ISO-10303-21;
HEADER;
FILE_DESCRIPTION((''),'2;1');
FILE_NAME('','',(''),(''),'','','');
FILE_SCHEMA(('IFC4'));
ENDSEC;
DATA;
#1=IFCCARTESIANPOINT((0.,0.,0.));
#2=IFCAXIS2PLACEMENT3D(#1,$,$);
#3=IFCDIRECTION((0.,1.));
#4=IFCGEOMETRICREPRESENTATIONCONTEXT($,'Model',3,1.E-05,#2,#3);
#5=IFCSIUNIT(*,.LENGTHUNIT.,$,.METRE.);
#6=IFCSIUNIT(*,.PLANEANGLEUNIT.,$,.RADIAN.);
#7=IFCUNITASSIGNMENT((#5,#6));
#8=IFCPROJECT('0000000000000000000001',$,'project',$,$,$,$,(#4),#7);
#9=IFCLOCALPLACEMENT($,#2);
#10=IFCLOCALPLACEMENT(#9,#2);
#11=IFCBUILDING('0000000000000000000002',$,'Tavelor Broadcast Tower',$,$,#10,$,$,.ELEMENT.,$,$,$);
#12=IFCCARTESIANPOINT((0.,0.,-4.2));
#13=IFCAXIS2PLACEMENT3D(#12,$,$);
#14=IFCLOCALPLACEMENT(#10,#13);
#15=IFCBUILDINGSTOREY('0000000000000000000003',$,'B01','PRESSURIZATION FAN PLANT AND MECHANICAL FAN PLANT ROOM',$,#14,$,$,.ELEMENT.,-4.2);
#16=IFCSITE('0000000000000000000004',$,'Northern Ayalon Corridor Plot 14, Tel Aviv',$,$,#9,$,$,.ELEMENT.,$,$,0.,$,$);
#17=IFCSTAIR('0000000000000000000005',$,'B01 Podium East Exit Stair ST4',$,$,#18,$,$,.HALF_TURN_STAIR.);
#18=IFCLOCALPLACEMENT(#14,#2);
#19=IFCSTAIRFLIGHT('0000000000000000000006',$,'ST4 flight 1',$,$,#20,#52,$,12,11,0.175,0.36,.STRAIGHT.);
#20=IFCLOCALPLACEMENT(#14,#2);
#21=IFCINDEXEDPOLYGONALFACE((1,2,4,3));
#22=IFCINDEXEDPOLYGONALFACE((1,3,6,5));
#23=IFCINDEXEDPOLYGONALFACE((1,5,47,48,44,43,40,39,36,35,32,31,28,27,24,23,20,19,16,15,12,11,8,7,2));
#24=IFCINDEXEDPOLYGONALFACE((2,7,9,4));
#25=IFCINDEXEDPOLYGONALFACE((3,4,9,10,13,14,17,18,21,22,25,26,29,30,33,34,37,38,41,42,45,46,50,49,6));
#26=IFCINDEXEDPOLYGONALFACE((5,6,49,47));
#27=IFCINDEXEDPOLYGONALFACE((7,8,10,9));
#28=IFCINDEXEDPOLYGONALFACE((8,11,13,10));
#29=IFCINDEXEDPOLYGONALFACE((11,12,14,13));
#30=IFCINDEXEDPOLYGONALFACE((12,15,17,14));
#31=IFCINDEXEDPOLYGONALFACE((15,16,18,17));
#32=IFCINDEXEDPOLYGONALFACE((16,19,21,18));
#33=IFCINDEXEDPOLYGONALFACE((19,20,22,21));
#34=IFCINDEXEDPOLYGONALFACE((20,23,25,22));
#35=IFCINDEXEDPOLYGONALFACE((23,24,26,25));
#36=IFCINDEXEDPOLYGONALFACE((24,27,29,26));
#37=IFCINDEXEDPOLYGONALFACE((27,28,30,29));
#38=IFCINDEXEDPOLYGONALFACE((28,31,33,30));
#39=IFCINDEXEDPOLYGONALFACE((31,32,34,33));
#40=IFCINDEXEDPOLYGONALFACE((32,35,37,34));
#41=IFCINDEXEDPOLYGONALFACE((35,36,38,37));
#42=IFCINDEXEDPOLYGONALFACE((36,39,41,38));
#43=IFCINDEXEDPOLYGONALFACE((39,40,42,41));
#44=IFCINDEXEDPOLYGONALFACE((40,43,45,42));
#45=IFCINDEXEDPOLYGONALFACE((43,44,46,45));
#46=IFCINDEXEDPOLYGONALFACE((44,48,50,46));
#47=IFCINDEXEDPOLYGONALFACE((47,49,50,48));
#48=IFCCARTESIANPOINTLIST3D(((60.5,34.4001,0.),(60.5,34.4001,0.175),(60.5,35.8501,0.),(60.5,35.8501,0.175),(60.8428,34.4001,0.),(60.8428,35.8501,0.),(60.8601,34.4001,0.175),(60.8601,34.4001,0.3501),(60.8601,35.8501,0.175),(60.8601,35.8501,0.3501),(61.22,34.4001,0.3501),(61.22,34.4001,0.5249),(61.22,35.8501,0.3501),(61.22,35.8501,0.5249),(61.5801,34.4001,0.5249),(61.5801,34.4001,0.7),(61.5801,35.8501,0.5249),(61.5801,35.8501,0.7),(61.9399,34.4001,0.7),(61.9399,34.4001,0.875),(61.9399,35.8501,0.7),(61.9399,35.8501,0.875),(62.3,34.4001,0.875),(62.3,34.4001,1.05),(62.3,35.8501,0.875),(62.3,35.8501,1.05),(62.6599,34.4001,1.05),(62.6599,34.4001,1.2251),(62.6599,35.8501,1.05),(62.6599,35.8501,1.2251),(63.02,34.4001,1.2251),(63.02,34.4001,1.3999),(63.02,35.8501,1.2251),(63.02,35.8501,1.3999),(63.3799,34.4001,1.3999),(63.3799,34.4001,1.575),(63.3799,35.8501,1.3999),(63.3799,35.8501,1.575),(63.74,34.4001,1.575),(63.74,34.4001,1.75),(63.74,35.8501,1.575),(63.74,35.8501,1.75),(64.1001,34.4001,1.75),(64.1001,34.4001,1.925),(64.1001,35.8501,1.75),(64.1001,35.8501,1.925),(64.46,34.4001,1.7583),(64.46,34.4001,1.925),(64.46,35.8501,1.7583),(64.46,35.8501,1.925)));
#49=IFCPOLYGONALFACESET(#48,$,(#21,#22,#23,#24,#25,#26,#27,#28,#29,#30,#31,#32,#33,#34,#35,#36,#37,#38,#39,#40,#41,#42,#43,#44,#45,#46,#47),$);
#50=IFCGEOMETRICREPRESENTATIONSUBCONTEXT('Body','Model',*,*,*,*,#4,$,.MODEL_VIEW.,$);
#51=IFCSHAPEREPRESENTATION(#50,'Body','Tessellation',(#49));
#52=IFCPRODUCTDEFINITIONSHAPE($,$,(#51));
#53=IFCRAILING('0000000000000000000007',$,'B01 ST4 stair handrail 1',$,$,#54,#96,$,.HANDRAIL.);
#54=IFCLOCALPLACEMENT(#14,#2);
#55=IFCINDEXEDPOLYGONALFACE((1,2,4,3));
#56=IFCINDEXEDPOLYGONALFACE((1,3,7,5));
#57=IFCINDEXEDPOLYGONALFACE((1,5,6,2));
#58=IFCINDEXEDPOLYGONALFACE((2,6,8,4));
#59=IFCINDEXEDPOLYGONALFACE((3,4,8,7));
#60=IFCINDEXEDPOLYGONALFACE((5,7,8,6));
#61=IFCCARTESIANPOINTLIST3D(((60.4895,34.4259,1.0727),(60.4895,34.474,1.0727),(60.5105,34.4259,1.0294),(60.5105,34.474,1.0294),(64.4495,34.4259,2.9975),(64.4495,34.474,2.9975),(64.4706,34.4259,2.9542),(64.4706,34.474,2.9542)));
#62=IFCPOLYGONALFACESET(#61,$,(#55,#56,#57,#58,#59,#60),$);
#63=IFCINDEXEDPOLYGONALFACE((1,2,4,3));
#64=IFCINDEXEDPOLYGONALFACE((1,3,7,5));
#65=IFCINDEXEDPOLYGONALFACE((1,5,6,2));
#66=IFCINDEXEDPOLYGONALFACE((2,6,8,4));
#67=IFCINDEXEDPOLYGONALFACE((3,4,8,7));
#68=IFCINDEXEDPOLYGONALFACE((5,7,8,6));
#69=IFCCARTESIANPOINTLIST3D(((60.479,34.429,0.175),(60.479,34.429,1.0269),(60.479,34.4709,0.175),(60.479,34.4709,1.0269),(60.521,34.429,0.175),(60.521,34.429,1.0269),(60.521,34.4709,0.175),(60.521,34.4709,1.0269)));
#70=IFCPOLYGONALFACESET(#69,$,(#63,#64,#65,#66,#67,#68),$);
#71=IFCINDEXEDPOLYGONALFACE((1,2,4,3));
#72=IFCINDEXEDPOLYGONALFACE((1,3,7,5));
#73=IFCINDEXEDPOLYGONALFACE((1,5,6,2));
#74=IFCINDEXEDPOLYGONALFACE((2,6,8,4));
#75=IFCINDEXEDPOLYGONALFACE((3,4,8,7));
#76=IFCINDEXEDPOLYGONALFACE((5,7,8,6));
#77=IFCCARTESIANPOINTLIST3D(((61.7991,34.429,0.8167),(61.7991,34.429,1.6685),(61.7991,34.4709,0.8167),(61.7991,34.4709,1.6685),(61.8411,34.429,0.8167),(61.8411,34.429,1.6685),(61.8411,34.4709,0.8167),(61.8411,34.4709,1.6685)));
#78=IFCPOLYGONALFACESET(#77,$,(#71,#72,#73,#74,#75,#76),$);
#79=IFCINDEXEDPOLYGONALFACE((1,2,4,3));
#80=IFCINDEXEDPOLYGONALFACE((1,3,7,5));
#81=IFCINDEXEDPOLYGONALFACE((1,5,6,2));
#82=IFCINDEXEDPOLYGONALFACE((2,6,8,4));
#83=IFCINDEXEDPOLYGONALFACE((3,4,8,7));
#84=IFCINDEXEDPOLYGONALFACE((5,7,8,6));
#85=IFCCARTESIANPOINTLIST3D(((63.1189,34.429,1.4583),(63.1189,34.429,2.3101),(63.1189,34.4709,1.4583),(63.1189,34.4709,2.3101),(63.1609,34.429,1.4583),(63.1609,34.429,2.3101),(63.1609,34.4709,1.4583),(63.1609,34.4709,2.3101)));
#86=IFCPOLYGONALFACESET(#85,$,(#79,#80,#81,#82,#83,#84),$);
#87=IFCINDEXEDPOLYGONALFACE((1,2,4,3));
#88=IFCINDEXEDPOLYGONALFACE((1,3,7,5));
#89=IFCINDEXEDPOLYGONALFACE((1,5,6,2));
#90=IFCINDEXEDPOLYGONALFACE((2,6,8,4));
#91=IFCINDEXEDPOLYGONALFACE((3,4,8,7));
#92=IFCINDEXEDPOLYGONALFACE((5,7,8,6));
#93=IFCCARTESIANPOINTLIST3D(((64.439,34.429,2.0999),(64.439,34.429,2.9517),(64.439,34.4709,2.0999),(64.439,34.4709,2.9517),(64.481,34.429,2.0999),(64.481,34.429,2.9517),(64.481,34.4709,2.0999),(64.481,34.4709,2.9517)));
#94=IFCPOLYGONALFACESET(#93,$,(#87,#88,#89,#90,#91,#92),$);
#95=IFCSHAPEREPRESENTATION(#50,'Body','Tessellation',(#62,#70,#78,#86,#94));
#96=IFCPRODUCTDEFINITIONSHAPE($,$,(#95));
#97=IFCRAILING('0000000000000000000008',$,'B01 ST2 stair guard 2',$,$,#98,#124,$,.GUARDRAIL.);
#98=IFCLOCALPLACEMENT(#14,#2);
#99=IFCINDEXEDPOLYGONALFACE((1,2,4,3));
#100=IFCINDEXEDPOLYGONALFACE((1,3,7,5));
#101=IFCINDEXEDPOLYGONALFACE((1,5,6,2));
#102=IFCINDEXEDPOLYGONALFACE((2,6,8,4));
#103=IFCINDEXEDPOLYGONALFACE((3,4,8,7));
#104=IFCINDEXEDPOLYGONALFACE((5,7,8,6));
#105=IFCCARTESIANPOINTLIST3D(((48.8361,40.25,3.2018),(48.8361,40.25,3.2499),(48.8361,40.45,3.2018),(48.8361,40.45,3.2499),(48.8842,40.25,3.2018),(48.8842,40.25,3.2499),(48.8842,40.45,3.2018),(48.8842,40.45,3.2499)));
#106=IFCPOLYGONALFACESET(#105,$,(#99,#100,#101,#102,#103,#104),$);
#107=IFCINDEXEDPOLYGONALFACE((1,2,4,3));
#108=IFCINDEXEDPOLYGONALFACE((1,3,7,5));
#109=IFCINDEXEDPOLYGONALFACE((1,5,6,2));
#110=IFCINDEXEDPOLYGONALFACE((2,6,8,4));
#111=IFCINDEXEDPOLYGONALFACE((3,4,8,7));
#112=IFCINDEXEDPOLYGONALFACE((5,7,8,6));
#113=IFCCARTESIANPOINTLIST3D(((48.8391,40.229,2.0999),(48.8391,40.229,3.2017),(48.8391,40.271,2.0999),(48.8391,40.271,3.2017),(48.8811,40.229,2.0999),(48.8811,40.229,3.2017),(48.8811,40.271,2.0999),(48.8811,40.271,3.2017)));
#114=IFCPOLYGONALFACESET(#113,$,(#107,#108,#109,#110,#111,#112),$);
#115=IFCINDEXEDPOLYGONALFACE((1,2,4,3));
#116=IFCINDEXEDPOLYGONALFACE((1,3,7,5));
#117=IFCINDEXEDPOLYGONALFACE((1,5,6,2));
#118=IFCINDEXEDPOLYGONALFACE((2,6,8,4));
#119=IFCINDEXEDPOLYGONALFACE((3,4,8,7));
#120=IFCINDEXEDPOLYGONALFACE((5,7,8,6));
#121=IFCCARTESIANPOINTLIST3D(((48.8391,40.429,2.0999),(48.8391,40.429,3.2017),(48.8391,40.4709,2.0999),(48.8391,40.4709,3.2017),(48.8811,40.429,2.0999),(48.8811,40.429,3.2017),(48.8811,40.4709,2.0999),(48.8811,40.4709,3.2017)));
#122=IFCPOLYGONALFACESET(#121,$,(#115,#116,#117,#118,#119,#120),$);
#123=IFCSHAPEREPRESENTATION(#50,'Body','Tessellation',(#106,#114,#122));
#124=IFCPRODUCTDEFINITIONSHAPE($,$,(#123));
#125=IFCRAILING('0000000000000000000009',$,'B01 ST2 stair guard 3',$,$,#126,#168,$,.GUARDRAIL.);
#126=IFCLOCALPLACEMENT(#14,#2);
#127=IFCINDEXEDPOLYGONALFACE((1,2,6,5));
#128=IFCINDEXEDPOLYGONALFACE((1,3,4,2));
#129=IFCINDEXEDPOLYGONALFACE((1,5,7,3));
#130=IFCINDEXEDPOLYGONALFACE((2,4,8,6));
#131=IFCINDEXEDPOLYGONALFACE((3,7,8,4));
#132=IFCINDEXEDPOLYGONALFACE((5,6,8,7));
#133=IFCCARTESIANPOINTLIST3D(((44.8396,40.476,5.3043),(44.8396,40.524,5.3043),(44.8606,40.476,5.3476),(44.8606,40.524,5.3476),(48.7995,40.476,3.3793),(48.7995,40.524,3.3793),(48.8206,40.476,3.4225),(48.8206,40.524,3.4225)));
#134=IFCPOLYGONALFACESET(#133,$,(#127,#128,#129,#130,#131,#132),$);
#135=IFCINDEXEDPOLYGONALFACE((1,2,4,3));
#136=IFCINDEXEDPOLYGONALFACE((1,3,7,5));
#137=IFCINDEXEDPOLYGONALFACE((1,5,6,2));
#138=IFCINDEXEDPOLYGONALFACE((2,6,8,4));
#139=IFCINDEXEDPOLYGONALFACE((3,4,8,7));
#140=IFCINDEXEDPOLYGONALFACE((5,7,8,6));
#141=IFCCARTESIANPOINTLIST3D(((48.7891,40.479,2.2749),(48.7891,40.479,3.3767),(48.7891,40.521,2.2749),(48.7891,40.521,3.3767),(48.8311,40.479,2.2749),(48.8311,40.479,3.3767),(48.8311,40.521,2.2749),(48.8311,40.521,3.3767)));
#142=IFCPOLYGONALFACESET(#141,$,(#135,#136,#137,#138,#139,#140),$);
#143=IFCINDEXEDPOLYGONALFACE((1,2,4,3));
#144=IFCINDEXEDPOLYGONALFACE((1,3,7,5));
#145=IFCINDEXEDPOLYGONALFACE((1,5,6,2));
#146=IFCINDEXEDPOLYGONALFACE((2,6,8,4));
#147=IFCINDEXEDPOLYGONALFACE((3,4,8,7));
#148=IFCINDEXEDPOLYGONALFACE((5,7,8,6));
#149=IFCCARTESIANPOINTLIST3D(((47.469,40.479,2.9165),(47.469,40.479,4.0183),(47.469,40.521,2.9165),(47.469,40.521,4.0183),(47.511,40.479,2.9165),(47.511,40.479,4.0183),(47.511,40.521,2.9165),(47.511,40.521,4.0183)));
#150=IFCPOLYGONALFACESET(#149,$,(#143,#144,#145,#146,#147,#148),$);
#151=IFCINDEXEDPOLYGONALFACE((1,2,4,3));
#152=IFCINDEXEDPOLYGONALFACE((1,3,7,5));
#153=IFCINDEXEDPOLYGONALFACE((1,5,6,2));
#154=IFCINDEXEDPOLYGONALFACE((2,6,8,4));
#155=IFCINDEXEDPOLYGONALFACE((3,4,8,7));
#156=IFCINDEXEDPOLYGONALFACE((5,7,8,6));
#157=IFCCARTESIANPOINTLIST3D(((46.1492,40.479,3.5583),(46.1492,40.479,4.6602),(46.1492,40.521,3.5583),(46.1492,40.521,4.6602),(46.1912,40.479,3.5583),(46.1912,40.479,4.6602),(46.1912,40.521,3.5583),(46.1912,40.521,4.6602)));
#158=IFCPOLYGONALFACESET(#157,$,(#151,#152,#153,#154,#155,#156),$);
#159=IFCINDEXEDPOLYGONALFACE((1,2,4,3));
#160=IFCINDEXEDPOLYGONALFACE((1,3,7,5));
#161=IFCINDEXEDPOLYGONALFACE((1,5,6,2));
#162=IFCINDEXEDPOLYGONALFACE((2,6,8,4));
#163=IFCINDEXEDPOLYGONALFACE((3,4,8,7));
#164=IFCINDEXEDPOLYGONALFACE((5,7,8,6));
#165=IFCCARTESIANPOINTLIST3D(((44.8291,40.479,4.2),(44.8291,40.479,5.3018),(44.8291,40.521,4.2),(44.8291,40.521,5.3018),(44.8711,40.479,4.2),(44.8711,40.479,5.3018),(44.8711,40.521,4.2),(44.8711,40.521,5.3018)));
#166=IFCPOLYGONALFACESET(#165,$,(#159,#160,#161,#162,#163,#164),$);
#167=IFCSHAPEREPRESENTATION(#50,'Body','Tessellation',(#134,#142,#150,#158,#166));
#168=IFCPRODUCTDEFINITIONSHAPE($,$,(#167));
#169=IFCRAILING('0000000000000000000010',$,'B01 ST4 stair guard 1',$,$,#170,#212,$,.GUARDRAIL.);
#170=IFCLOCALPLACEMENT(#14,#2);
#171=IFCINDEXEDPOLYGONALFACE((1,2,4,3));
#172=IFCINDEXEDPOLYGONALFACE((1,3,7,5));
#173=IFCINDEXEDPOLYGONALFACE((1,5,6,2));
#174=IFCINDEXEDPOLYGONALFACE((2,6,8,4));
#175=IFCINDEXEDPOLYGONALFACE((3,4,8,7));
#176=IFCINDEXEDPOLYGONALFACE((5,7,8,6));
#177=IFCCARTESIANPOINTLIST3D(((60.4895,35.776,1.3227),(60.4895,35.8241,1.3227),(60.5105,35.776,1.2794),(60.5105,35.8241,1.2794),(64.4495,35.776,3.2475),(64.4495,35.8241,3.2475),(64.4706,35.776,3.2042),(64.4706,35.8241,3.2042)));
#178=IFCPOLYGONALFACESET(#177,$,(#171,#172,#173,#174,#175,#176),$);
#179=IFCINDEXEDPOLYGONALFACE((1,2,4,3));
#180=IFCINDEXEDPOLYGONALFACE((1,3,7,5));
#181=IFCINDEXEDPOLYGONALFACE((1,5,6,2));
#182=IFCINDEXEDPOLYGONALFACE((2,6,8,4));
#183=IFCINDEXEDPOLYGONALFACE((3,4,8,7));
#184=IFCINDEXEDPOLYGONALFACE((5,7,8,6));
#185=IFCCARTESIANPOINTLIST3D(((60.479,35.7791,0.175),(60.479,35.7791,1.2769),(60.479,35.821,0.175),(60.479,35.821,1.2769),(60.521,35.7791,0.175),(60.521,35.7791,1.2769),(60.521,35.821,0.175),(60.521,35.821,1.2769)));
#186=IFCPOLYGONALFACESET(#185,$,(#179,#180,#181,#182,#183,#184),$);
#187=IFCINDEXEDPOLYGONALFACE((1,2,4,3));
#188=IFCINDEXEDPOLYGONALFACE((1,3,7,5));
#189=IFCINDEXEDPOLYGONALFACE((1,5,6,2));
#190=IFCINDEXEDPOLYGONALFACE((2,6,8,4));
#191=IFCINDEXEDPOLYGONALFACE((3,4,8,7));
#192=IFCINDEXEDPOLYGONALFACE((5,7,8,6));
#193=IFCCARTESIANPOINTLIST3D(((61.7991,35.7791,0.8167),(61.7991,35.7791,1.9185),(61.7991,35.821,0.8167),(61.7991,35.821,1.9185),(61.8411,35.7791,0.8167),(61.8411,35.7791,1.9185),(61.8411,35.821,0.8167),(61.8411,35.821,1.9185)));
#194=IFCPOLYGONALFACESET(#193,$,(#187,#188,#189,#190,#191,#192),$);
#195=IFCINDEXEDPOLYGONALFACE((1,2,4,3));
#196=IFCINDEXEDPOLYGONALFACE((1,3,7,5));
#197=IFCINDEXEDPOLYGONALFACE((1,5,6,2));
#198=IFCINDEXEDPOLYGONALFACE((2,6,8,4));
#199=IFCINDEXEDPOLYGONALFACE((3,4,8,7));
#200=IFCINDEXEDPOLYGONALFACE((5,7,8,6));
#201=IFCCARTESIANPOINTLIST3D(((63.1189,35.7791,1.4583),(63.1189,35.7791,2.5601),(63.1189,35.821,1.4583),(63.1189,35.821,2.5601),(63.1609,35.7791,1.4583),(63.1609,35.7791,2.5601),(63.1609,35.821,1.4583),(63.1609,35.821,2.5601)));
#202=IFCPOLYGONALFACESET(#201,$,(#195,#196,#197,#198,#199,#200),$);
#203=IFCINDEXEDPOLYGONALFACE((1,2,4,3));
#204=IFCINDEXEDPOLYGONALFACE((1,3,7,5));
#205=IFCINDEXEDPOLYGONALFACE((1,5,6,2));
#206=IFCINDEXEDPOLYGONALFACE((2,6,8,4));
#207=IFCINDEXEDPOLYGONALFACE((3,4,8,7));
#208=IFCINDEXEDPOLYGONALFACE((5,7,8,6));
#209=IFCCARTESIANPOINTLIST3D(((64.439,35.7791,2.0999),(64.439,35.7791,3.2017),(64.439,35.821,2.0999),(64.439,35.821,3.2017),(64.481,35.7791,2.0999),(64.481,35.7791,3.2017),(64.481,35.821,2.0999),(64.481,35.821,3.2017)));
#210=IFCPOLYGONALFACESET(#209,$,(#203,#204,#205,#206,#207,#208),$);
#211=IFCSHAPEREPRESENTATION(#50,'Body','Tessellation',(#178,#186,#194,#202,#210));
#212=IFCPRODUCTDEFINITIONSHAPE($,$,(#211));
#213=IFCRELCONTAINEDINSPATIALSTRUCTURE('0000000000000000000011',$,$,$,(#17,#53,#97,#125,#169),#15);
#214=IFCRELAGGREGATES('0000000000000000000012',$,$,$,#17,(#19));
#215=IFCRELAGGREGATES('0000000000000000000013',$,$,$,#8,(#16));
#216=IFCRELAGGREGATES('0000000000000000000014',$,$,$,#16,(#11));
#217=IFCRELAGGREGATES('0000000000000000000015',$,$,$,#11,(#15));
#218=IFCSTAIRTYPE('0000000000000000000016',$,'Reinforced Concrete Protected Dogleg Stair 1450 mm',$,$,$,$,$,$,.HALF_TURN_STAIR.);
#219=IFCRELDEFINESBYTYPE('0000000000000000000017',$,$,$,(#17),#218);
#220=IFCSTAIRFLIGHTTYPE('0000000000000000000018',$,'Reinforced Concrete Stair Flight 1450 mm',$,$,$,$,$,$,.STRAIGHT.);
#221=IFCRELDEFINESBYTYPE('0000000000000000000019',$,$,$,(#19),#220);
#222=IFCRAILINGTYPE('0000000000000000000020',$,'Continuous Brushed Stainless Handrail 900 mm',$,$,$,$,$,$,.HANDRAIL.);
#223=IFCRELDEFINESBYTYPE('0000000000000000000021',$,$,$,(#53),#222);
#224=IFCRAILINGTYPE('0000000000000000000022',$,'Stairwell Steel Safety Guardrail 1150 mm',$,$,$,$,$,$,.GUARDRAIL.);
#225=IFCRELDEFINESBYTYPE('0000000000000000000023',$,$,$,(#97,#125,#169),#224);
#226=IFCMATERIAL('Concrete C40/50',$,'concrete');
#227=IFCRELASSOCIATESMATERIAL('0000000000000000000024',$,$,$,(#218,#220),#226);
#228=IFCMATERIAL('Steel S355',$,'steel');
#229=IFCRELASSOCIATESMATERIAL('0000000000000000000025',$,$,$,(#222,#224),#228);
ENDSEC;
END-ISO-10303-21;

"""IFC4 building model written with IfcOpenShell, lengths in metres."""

from ifc_helpers import new_model, si_unit, direction, frame, origin, origin_2d, place, context, subcontext, project, spatial, polyline, rectangle, outline, extrude, material, type_object, element, aggregate, save


model = new_model("IFC4")

# Units and contexts
model_context = context("Model", 3, precision=1e-05, world=origin(), true_north=direction((0.0, 1.0)))
body_context = subcontext(model_context, "Body", "Model", "MODEL_VIEW")
ifc_project = project(units=[si_unit("LENGTHUNIT", "METRE"), si_unit("PLANEANGLEUNIT", "RADIAN")], contexts=[model_context])

# Site, building, storey
site_placement = place(None, origin())
site = spatial("IfcSite", under=ifc_project, at=site_placement, Name="Northern Ayalon Corridor Plot 14, Tel Aviv", CompositionType="ELEMENT", RefElevation=0.0)
building_placement = place(site_placement, origin())
building = spatial("IfcBuilding", under=site, at=building_placement, Name="Tavelor Broadcast Tower", CompositionType="ELEMENT")
storey_placement = place(building_placement, frame((0.0, 0.0, -4.2)))
storey = spatial("IfcBuildingStorey", under=building, at=storey_placement, Name="B01", Description="PRESSURIZATION FAN PLANT AND MECHANICAL FAN PLANT ROOM", CompositionType="ELEMENT", Elevation=-4.2)

# Shared definitions
ifc_material_1 = material(Name="Concrete C40/50", Category="concrete")
ifc_material_2 = material(Name="Steel S355", Category="steel")

# Stair, stair flight
stair_type = type_object("IfcStairType", Name="Reinforced Concrete Protected Dogleg Stair 1450 mm", PredefinedType="HALF_TURN_STAIR", material=ifc_material_1)
stair_placement = place(storey_placement, origin())
stair = element("IfcStair", 1, at=stair_placement, inside=storey, type_object=stair_type, Name="B01 Podium East Exit Stair ST4", PredefinedType="HALF_TURN_STAIR")
stair_flight_type = type_object("IfcStairFlightType", Name="Reinforced Concrete Stair Flight 1450 mm", PredefinedType="STRAIGHT", material=ifc_material_1)
stair_flight_placement = place(storey_placement, frame((60.5, 35.125, 0.0), z_axis=(0.0, 0.0, 1.0), x_axis=(1.0, 0.0, 0.0)))
stair_flight = element("IfcStairFlight", 2, at=stair_flight_placement, type_object=stair_flight_type, Name="ST4 flight 1", NumberOfRisers=12, NumberOfTreads=11, PredefinedType="STRAIGHT", RiserHeight=0.175, TreadLength=0.36, context=body_context, shape_type="SweptSolid", body=[
    extrude(outline(polyline([(0.0, 0.0), (0.0, 0.175), (0.3601, 0.175), (0.3601, 0.3501), (0.72, 0.3501), (0.72, 0.5249), (1.0801, 0.5249), (1.0801, 0.7), (1.4399, 0.7), (1.4399, 0.875), (1.8, 0.875), (1.8, 1.05), (2.1599, 1.05), (2.1599, 1.2251), (2.52, 1.2251), (2.52, 1.3999), (2.8799, 1.3999), (2.8799, 1.575), (3.24, 1.575), (3.24, 1.75), (3.6001, 1.75), (3.6001, 1.925), (3.96, 1.925), (3.96, 2.1001), (3.96, 1.7583), (0.3428, 0.0), (0.0, 0.0)])), frame((0.0, 0.7251, 0.0), z_axis=(0.0, -1.0, 0.0), x_axis=(1.0, 0.0, 0.0)), (0.0, 0.0, 1.0), 1.45),
])
aggregate(stair, [stair_flight])

# Railings
railing_type_1 = type_object("IfcRailingType", Name="Continuous Brushed Stainless Handrail 900 mm", PredefinedType="HANDRAIL", material=ifc_material_2)
railing_1_placement = place(storey_placement, frame((60.5, 34.45, 0.175)))
element("IfcRailing", 3, at=railing_1_placement, inside=storey, type_object=railing_type_1, Name="B01 ST4 stair handrail 1", PredefinedType="HANDRAIL", context=body_context, shape_type="SweptSolid", body=[
    extrude(rectangle(XDim=0.0481, YDim=0.0481, at=origin_2d()), frame((0.0, 0.0, 0.876), z_axis=(0.899384, 0.0, 0.43716), x_axis=(0.0, 1.0, 0.0)), (0.0, 0.0, 1.0), 4.4031),
    extrude(rectangle(XDim=0.042, YDim=0.042, at=origin_2d()), origin(), (0.0, 0.0, 1.0), 0.8518),
    extrude(rectangle(XDim=0.042, YDim=0.042, at=origin_2d()), frame((1.3201, 0.0, 0.6416)), (0.0, 0.0, 1.0), 0.8518),
    extrude(rectangle(XDim=0.042, YDim=0.042, at=origin_2d()), frame((2.6399, 0.0, 1.2832)), (0.0, 0.0, 1.0), 0.8518),
    extrude(rectangle(XDim=0.042, YDim=0.042, at=origin_2d()), frame((3.96, 0.0, 1.9248)), (0.0, 0.0, 1.0), 0.8518),
])
railing_type_2 = type_object("IfcRailingType", Name="Stairwell Steel Safety Guardrail 1150 mm", PredefinedType="GUARDRAIL", material=ifc_material_2)
railing_2_placement = place(storey_placement, frame((48.8601, 40.25, 2.0999)))
element("IfcRailing", 4, at=railing_2_placement, inside=storey, type_object=railing_type_2, Name="B01 ST2 stair guard 2", PredefinedType="GUARDRAIL", context=body_context, shape_type="SweptSolid", body=[
    extrude(rectangle(XDim=0.0481, YDim=0.0481, at=origin_2d()), frame((0.0, 0.0, 1.126), z_axis=(0.0, 1.0, 0.0), x_axis=(-1.0, 0.0, 0.0)), (0.0, 0.0, 1.0), 0.2),
    extrude(rectangle(XDim=0.042, YDim=0.042, at=origin_2d()), origin(), (0.0, 0.0, 1.0), 1.1018),
    extrude(rectangle(XDim=0.042, YDim=0.042, at=origin_2d()), frame((0.0, 0.2, 0.0)), (0.0, 0.0, 1.0), 1.1018),
])
railing_3_placement = place(storey_placement, frame((48.8101, 40.5, 2.2749)))
element("IfcRailing", 5, at=railing_3_placement, inside=storey, type_object=railing_type_2, Name="B01 ST2 stair guard 3", PredefinedType="GUARDRAIL", context=body_context, shape_type="SweptSolid", body=[
    extrude(rectangle(XDim=0.0481, YDim=0.0481, at=origin_2d()), frame((0.0, 0.0, 1.126), z_axis=(-0.899362, 0.0, 0.437205), x_axis=(0.0, -1.0, 0.0)), (0.0, 0.0, 1.0), 4.4031),
    extrude(rectangle(XDim=0.042, YDim=0.042, at=origin_2d()), origin(), (0.0, 0.0, 1.0), 1.1018),
    extrude(rectangle(XDim=0.042, YDim=0.042, at=origin_2d()), frame((-1.3201, 0.0, 0.6416)), (0.0, 0.0, 1.0), 1.1018),
    extrude(rectangle(XDim=0.042, YDim=0.042, at=origin_2d()), frame((-2.6399, 0.0, 1.2834)), (0.0, 0.0, 1.0), 1.1018),
    extrude(rectangle(XDim=0.042, YDim=0.042, at=origin_2d()), frame((-3.96, 0.0, 1.925)), (0.0, 0.0, 1.0), 1.1018),
])
railing_4_placement = place(storey_placement, frame((60.5, 35.8, 0.175)))
element("IfcRailing", 6, at=railing_4_placement, inside=storey, type_object=railing_type_2, Name="B01 ST4 stair guard 1", PredefinedType="GUARDRAIL", context=body_context, shape_type="SweptSolid", body=[
    extrude(rectangle(XDim=0.0481, YDim=0.0481, at=origin_2d()), frame((0.0, 0.0, 1.126), z_axis=(0.899384, 0.0, 0.43716), x_axis=(0.0, 1.0, 0.0)), (0.0, 0.0, 1.0), 4.4031),
    extrude(rectangle(XDim=0.042, YDim=0.042, at=origin_2d()), origin(), (0.0, 0.0, 1.0), 1.1018),
    extrude(rectangle(XDim=0.042, YDim=0.042, at=origin_2d()), frame((1.3201, 0.0, 0.6416)), (0.0, 0.0, 1.0), 1.1018),
    extrude(rectangle(XDim=0.042, YDim=0.042, at=origin_2d()), frame((2.6399, 0.0, 1.2832)), (0.0, 0.0, 1.0), 1.1018),
    extrude(rectangle(XDim=0.042, YDim=0.042, at=origin_2d()), frame((3.96, 0.0, 1.9248)), (0.0, 0.0, 1.0), 1.1018),
])

save(model, "model.ifc")
